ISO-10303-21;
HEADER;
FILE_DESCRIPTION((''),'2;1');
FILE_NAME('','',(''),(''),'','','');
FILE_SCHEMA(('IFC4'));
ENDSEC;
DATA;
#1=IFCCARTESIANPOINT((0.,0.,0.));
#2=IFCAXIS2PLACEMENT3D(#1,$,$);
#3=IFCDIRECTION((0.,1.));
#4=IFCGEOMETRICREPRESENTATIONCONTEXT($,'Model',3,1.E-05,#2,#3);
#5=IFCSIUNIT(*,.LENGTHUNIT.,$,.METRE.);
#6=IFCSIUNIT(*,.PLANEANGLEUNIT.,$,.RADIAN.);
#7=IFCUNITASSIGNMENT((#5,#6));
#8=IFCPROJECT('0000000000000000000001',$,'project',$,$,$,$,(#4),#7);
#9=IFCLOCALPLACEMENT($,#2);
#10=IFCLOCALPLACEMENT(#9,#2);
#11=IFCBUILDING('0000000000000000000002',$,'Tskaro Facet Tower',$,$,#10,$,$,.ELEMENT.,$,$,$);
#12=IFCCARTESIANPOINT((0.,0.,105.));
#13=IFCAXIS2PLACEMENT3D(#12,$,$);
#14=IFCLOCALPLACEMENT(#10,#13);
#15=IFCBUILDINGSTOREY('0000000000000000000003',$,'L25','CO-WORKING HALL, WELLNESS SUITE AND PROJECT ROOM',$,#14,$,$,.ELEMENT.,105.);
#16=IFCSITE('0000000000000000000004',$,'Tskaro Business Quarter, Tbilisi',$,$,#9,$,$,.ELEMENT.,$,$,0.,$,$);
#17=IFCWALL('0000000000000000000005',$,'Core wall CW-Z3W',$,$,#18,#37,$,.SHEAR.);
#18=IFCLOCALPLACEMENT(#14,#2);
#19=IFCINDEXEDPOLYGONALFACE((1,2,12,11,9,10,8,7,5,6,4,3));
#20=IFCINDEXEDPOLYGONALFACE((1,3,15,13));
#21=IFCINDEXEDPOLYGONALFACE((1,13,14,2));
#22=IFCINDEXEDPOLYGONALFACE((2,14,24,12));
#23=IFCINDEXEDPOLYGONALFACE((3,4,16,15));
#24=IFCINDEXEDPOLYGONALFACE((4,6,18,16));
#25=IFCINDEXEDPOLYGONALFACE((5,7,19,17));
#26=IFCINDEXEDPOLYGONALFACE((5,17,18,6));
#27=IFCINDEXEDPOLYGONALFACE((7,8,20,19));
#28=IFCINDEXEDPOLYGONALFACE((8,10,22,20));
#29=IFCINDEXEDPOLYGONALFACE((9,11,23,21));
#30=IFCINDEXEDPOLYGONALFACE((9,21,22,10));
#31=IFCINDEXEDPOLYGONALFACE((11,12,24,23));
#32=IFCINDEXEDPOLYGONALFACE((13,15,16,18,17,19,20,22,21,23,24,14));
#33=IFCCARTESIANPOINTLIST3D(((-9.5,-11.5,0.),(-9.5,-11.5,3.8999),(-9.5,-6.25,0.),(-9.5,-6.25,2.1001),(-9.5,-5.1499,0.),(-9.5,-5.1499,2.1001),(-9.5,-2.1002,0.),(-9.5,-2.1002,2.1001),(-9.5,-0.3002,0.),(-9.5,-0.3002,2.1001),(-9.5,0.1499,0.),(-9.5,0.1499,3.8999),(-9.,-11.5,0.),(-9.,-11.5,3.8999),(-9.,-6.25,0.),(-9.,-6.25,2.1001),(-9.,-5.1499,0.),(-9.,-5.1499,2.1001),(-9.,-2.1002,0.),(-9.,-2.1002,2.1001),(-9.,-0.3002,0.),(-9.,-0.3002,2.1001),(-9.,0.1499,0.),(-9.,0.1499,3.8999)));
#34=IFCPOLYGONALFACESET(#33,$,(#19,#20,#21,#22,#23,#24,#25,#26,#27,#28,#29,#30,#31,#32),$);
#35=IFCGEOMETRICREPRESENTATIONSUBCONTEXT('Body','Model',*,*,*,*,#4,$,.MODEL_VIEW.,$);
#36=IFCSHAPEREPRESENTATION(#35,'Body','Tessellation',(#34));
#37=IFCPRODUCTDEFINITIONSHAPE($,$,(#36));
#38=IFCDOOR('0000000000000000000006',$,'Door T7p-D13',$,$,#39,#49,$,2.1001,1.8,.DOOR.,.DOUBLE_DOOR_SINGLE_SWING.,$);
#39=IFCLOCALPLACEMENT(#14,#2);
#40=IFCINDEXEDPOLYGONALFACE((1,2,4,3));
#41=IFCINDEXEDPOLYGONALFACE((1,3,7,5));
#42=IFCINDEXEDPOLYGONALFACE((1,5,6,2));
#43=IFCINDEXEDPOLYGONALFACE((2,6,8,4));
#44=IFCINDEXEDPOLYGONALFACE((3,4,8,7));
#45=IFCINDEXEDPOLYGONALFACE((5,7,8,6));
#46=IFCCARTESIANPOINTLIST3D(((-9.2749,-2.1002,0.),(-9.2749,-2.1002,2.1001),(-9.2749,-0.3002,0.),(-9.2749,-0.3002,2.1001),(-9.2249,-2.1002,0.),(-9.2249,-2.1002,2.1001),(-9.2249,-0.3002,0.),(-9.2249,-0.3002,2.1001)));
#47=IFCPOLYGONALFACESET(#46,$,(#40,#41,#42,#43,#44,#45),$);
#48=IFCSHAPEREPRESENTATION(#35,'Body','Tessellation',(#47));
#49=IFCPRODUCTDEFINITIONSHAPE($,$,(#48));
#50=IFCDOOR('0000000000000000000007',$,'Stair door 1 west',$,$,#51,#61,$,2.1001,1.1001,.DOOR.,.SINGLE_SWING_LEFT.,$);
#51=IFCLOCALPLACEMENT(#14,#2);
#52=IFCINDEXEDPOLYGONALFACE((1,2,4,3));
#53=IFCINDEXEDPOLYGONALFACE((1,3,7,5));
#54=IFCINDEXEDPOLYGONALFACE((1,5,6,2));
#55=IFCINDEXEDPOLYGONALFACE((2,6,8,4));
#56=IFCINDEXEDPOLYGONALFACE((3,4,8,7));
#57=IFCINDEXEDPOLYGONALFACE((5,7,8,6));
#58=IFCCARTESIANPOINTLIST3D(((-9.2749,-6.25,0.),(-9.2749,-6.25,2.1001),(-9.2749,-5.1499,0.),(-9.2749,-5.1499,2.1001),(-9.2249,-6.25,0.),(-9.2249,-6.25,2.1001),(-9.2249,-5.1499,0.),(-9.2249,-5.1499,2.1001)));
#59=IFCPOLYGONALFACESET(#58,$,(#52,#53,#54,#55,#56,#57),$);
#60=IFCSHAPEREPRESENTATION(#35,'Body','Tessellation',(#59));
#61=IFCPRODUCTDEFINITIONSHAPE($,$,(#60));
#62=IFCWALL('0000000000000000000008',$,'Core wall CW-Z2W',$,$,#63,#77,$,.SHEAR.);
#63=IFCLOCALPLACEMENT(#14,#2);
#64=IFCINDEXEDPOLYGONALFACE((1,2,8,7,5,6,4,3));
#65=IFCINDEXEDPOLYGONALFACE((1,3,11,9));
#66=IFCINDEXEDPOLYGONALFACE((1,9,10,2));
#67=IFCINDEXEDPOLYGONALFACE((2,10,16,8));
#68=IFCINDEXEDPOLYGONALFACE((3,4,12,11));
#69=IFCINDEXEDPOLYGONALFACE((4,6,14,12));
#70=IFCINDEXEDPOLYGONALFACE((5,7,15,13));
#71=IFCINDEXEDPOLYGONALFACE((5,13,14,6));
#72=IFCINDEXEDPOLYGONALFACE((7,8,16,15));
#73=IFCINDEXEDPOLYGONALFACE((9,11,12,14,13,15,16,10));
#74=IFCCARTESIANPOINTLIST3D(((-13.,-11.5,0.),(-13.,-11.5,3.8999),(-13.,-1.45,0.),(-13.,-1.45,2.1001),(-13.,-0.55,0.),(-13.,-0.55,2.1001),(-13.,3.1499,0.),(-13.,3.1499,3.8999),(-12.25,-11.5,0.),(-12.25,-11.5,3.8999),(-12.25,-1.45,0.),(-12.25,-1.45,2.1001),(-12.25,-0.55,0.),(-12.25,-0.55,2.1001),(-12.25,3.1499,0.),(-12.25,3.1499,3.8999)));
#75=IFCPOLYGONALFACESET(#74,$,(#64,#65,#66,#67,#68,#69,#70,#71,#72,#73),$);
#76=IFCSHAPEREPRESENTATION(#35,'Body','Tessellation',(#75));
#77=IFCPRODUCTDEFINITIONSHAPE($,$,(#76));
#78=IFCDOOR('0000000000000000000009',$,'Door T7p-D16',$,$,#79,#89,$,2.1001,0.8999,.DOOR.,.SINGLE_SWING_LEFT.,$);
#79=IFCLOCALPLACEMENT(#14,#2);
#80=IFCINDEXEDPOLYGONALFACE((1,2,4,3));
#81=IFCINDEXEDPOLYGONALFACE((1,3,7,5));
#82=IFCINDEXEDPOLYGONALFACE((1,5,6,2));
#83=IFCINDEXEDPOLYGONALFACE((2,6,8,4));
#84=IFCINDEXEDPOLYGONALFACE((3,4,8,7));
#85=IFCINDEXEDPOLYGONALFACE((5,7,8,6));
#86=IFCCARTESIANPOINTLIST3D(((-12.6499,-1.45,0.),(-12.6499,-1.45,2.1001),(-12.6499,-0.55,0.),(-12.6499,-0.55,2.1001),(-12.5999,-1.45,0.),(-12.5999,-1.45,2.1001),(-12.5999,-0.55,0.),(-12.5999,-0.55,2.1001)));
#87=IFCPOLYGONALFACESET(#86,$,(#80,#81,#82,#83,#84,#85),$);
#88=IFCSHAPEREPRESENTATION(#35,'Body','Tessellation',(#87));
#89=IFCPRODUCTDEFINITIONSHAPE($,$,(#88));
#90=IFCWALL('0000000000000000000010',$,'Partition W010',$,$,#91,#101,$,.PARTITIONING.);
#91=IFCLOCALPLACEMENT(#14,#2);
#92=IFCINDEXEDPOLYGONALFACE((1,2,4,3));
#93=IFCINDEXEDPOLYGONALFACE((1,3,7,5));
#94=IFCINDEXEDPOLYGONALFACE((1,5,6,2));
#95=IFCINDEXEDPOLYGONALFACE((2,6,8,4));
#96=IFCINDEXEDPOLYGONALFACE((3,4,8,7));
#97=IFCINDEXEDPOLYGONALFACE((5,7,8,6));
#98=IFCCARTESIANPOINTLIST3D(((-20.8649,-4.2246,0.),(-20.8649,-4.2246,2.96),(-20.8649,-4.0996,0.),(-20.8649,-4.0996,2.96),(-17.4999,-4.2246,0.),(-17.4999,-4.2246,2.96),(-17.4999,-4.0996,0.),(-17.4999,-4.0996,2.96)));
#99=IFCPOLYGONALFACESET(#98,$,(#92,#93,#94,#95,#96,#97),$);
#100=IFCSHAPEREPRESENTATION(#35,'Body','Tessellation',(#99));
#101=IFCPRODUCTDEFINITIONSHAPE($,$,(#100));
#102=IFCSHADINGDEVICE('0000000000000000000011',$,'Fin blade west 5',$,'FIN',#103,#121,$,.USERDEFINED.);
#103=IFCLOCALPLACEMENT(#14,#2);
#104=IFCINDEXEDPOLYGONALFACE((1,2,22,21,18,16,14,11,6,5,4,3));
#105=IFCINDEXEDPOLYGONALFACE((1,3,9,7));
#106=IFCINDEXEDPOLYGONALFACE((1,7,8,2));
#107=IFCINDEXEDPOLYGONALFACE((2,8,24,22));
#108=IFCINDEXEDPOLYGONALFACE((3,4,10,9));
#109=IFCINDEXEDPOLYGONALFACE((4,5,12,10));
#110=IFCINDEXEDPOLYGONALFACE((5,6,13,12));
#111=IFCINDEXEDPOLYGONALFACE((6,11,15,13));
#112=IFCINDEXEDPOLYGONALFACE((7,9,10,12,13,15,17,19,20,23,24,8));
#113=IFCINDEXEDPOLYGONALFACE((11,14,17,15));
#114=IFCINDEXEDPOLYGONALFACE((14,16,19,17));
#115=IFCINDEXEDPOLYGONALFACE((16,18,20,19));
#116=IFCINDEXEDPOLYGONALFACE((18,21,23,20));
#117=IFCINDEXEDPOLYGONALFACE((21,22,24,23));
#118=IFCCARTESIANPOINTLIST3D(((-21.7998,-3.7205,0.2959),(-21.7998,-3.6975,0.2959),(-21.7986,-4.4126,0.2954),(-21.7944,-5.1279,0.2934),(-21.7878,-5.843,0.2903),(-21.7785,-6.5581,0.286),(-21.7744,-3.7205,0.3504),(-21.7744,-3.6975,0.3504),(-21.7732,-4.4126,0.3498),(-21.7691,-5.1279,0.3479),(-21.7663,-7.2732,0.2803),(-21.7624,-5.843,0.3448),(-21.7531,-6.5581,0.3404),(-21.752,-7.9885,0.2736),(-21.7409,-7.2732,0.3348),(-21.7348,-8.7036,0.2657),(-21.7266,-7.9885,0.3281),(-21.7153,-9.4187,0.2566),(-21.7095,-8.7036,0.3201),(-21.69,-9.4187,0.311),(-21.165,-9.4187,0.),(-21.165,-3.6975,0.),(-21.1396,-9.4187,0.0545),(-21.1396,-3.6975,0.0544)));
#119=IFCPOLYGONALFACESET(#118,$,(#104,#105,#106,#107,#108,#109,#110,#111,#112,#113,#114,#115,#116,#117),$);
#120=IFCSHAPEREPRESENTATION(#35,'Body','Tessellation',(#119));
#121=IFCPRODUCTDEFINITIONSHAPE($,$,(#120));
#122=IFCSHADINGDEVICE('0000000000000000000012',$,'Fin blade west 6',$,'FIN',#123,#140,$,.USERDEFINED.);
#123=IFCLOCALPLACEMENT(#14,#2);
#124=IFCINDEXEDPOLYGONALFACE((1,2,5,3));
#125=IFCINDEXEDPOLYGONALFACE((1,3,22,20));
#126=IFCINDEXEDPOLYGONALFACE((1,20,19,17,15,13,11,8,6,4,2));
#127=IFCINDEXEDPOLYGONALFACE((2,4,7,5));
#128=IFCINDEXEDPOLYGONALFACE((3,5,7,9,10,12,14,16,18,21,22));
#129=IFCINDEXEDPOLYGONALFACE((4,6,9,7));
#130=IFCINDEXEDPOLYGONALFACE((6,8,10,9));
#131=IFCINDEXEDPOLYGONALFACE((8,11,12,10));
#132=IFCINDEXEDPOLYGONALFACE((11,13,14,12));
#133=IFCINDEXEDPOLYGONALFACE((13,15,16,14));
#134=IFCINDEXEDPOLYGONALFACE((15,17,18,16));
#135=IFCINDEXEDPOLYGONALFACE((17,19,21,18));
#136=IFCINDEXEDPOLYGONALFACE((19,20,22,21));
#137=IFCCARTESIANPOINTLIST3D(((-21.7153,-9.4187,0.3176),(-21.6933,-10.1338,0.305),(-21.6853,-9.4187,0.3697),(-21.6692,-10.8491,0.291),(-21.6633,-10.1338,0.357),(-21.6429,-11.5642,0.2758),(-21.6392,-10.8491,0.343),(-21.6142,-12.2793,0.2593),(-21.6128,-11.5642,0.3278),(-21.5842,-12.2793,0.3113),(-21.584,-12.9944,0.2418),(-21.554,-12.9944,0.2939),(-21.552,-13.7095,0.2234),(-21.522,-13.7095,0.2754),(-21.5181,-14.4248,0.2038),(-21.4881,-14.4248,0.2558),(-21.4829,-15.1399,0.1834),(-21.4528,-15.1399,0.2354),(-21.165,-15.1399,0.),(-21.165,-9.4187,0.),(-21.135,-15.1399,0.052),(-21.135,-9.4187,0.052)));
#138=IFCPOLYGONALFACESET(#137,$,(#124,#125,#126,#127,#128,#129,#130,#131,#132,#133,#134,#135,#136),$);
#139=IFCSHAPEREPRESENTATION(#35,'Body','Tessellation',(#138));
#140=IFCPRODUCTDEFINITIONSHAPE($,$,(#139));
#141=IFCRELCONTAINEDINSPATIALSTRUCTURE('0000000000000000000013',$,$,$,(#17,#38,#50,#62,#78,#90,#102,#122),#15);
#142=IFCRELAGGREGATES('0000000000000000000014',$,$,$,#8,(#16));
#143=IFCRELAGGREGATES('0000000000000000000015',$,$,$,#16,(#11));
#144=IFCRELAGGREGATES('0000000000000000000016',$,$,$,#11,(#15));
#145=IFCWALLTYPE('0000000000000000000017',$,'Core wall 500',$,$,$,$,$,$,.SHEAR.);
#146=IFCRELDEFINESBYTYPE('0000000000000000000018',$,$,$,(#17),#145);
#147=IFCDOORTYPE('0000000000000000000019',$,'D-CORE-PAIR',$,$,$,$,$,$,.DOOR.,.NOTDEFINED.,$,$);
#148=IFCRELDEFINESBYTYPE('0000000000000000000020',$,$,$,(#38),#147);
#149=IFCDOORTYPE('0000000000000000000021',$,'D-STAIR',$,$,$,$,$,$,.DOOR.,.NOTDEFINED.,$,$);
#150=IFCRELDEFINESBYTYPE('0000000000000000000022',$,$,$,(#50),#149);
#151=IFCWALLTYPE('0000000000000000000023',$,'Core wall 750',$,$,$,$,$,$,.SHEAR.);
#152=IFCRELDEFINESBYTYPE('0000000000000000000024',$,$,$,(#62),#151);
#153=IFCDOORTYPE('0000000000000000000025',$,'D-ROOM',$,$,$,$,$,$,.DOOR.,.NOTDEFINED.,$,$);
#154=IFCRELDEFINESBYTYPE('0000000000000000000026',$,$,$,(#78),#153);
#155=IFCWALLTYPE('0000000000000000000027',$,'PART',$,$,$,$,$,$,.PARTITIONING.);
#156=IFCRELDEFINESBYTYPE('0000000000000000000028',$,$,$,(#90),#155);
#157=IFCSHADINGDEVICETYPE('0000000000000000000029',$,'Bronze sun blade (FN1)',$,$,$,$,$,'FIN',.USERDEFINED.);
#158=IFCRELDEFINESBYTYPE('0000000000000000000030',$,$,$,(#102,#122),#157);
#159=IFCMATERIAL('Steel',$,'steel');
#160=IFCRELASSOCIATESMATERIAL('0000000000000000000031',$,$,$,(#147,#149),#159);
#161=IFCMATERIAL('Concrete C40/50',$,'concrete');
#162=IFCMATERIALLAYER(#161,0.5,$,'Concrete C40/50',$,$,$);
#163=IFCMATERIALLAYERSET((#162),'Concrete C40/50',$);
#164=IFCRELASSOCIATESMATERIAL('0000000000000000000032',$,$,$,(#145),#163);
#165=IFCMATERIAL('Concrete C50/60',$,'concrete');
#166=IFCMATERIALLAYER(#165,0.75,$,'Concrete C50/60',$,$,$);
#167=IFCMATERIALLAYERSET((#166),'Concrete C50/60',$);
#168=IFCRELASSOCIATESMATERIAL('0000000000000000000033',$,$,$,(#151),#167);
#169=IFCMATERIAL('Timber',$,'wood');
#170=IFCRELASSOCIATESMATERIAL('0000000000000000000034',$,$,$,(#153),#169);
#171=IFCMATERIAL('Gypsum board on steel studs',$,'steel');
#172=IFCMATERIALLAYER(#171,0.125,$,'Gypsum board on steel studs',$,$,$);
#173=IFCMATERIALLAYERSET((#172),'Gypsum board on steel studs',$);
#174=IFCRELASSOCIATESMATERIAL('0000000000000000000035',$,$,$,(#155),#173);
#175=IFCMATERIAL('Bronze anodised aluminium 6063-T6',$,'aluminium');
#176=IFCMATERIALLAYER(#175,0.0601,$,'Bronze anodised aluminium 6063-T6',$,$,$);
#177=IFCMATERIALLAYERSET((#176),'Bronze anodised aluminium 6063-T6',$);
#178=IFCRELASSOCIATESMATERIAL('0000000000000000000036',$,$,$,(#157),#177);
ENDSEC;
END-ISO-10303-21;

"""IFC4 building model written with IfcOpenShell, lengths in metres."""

from ifc_helpers import new_model, si_unit, direction, frame, frame_2d, origin, place, context, subcontext, project, spatial, polyline, rectangle, outline, extrude, material, layer, layer_set, type_object, element, fill, save


model = new_model("IFC4")

# Units and contexts
model_context = context("Model", 3, precision=1e-05, world=origin(), true_north=direction((0.0, 1.0)))
body_context = subcontext(model_context, "Body", "Model", "MODEL_VIEW")
ifc_project = project(units=[si_unit("LENGTHUNIT", "METRE"), si_unit("PLANEANGLEUNIT", "RADIAN")], contexts=[model_context])

# Site, building, storey
site_placement = place(None, origin())
site = spatial("IfcSite", under=ifc_project, at=site_placement, Name="Tskaro Business Quarter, Tbilisi", CompositionType="ELEMENT", RefElevation=0.0)
building_placement = place(site_placement, origin())
building = spatial("IfcBuilding", under=site, at=building_placement, Name="Tskaro Facet Tower", CompositionType="ELEMENT")
storey_placement = place(building_placement, frame((0.0, 0.0, 105.0)))
storey = spatial("IfcBuildingStorey", under=building, at=storey_placement, Name="L25", Description="CO-WORKING HALL, WELLNESS SUITE AND PROJECT ROOM", CompositionType="ELEMENT", Elevation=105.0)

# Shared definitions
ifc_material_1 = material(Name="Bronze anodised aluminium 6063-T6", Category="aluminium")

# Shared definitions
ifc_material_2 = material(Name="Steel", Category="steel")
door_type_1 = type_object("IfcDoorType", Name="D-CORE-PAIR", OperationType="NOTDEFINED", PredefinedType="DOOR", material=ifc_material_2)

# Wall, openings, doors
ifc_material_3 = material(Name="Concrete C40/50", Category="concrete")
ifc_layer_1 = layer(ifc_material_3, 0.5, Name="Concrete C40/50")
ifc_layer_set_1 = layer_set([ifc_layer_1], Name="Concrete C40/50")
wall_type_1 = type_object("IfcWallType", Name="Core wall 500", PredefinedType="SHEAR", material=ifc_layer_set_1)
wall_1_placement = place(storey_placement, frame((-9.25, -11.5, 0.0), z_axis=(0.0, 0.0, 1.0), x_axis=(0.0, 1.0, 0.0)))
wall_1 = element("IfcWall", 1, at=wall_1_placement, inside=storey, type_object=wall_type_1, Name="Core wall CW-Z3W", PredefinedType="SHEAR", context=body_context, shape_type="SweptSolid", body=[
    extrude(rectangle(XDim=11.6499, YDim=0.5, at=frame_2d((5.825, 0.0))), origin(), (0.0, 0.0, 1.0), 3.8999),
])
opening_1_placement = place(wall_1_placement, frame((9.3999, 0.0, 0.0)))
opening_1 = element("IfcOpeningElement", 2, at=opening_1_placement, cuts=wall_1, PredefinedType="OPENING", context=body_context, shape_type="SweptSolid", body=[
    extrude(rectangle(XDim=1.8, YDim=2.1001, at=frame_2d((0.8999, 1.05))), frame((0.0, 0.26, 0.0), z_axis=(0.0, -1.0, 0.0), x_axis=(1.0, 0.0, 0.0)), (0.0, 0.0, 1.0), 0.52),
])
opening_2_placement = place(wall_1_placement, frame((5.25, 0.0, 0.0)))
opening_2 = element("IfcOpeningElement", 3, at=opening_2_placement, cuts=wall_1, PredefinedType="OPENING", context=body_context, shape_type="SweptSolid", body=[
    extrude(rectangle(XDim=1.1001, YDim=2.1001, at=frame_2d((0.55, 1.05))), frame((0.0, 0.26, 0.0), z_axis=(0.0, -1.0, 0.0), x_axis=(1.0, 0.0, 0.0)), (0.0, 0.0, 1.0), 0.52),
])
door_1_placement = place(opening_1_placement, origin())
door_1 = element("IfcDoor", 4, at=door_1_placement, inside=storey, type_object=door_type_1, Name="Door T7p-D13", OperationType="DOUBLE_DOOR_SINGLE_SWING", OverallHeight=2.1001, OverallWidth=1.8, PredefinedType="DOOR", context=body_context, shape_type="SweptSolid", body=[
    extrude(rectangle(XDim=1.8, YDim=2.1001, at=frame_2d((0.8999, 1.05))), frame((0.0, 0.0249, 0.0), z_axis=(0.0, -1.0, 0.0), x_axis=(1.0, 0.0, 0.0)), (0.0, 0.0, 1.0), 0.05),
])
fill(opening_1, door_1)
door_type_2 = type_object("IfcDoorType", Name="D-STAIR", OperationType="NOTDEFINED", PredefinedType="DOOR", material=ifc_material_2)
door_2_placement = place(opening_2_placement, origin())
door_2 = element("IfcDoor", 5, at=door_2_placement, inside=storey, type_object=door_type_2, Name="Stair door 1 west", OperationType="SINGLE_SWING_LEFT", OverallHeight=2.1001, OverallWidth=1.1001, PredefinedType="DOOR", context=body_context, shape_type="SweptSolid", body=[
    extrude(rectangle(XDim=1.1001, YDim=2.1001, at=frame_2d((0.55, 1.05))), frame((0.0, 0.0249, 0.0), z_axis=(0.0, -1.0, 0.0), x_axis=(1.0, 0.0, 0.0)), (0.0, 0.0, 1.0), 0.05),
])
fill(opening_2, door_2)

# Wall, opening, door
ifc_material_4 = material(Name="Concrete C50/60", Category="concrete")
ifc_layer_2 = layer(ifc_material_4, 0.75, Name="Concrete C50/60")
ifc_layer_set_2 = layer_set([ifc_layer_2], Name="Concrete C50/60")
wall_type_2 = type_object("IfcWallType", Name="Core wall 750", PredefinedType="SHEAR", material=ifc_layer_set_2)
wall_2_placement = place(storey_placement, frame((-12.625, -11.5, 0.0), z_axis=(0.0, 0.0, 1.0), x_axis=(0.0, 1.0, 0.0)))
wall_2 = element("IfcWall", 6, at=wall_2_placement, inside=storey, type_object=wall_type_2, Name="Core wall CW-Z2W", PredefinedType="SHEAR", context=body_context, shape_type="SweptSolid", body=[
    extrude(rectangle(XDim=14.6499, YDim=0.75, at=frame_2d((7.325, 0.0))), origin(), (0.0, 0.0, 1.0), 3.8999),
])
opening_3_placement = place(wall_2_placement, frame((10.05, 0.0, 0.0)))
opening_3 = element("IfcOpeningElement", 7, at=opening_3_placement, cuts=wall_2, PredefinedType="OPENING", context=body_context, shape_type="SweptSolid", body=[
    extrude(rectangle(XDim=0.8999, YDim=2.1001, at=frame_2d((0.45, 1.05))), frame((0.0, 0.385, 0.0), z_axis=(0.0, -1.0, 0.0), x_axis=(1.0, 0.0, 0.0)), (0.0, 0.0, 1.0), 0.77),
])
ifc_material_5 = material(Name="Timber", Category="wood")
door_type_3 = type_object("IfcDoorType", Name="D-ROOM", OperationType="NOTDEFINED", PredefinedType="DOOR", material=ifc_material_5)
door_3_placement = place(opening_3_placement, origin())
door_3 = element("IfcDoor", 8, at=door_3_placement, inside=storey, type_object=door_type_3, Name="Door T7p-D16", OperationType="SINGLE_SWING_LEFT", OverallHeight=2.1001, OverallWidth=0.8999, PredefinedType="DOOR", context=body_context, shape_type="SweptSolid", body=[
    extrude(rectangle(XDim=0.8999, YDim=2.1001, at=frame_2d((0.45, 1.05))), frame((0.0, 0.0249, 0.0), z_axis=(0.0, -1.0, 0.0), x_axis=(1.0, 0.0, 0.0)), (0.0, 0.0, 1.0), 0.05),
])
fill(opening_3, door_3)

# Wall
ifc_material_6 = material(Name="Gypsum board on steel studs", Category="steel")
ifc_layer_3 = layer(ifc_material_6, 0.125, Name="Gypsum board on steel studs")
ifc_layer_set_3 = layer_set([ifc_layer_3], Name="Gypsum board on steel studs")
wall_type_3 = type_object("IfcWallType", Name="PART", PredefinedType="PARTITIONING", material=ifc_layer_set_3)
wall_3_placement = place(storey_placement, frame((-20.865, -4.1621, 0.0), z_axis=(0.0, 0.0, 1.0), x_axis=(1.0, 0.0, 0.0)))
element("IfcWall", 9, at=wall_3_placement, inside=storey, type_object=wall_type_3, Name="Partition W010", PredefinedType="PARTITIONING", context=body_context, shape_type="SweptSolid", body=[
    extrude(rectangle(XDim=3.365, YDim=0.125, at=frame_2d((1.6826, 0.0))), origin(), (0.0, 0.0, 1.0), 2.96),
])

# Shading devices
ifc_layer_4 = layer(ifc_material_1, 0.0601, Name="Bronze anodised aluminium 6063-T6")
ifc_layer_set_4 = layer_set([ifc_layer_4], Name="Bronze anodised aluminium 6063-T6")
shading_device_type = type_object("IfcShadingDeviceType", Name="Bronze sun blade (FN1)", ElementType="FIN", PredefinedType="USERDEFINED", material=ifc_layer_set_4)
shading_device_1_placement = place(storey_placement, frame((-21.1396, -3.6975, 0.0544), z_axis=(0.422517, 0.000005, 0.906355), x_axis=(0.000002, -1.0, 0.000005)))
element("IfcShadingDevice", 10, at=shading_device_1_placement, inside=storey, type_object=shading_device_type, Name="Fin blade west 5", ObjectType="FIN", PredefinedType="USERDEFINED", context=body_context, shape_type="SweptSolid", body=[
    extrude(outline(polyline([(0.0, 0.0), (5.7212, 0.0), (5.7212, -0.6072), (5.0061, -0.6287), (4.291, -0.6476), (3.5757, -0.6634), (2.8606, -0.6769), (2.1455, -0.6871), (1.4304, -0.6944), (0.7151, -0.699), (0.0229, -0.7003), (0.0, -0.7003), (0.0, 0.0)])), origin(), (0.0, 0.0, -1.0), 0.0601),
])
shading_device_2_placement = place(storey_placement, frame((-21.135, -9.4187, 0.052), z_axis=(0.499954, -0.000004, 0.866052), x_axis=(-0.000002, -1.0, -0.000003)))
element("IfcShadingDevice", 11, at=shading_device_2_placement, inside=storey, type_object=shading_device_type, Name="Fin blade west 6", ObjectType="FIN", PredefinedType="USERDEFINED", context=body_context, shape_type="SweptSolid", body=[
    extrude(outline(polyline([(0.0, 0.0), (5.7212, 0.0), (5.7212, -0.367), (5.0061, -0.4077), (4.2908, -0.4468), (3.5757, -0.4838), (2.8606, -0.5187), (2.1455, -0.5517), (1.4304, -0.5821), (0.7151, -0.61), (0.0, -0.6354), (0.0, 0.0)])), origin(), (0.0, 0.0, -1.0), 0.0601),
])

save(model, "model.ifc")
